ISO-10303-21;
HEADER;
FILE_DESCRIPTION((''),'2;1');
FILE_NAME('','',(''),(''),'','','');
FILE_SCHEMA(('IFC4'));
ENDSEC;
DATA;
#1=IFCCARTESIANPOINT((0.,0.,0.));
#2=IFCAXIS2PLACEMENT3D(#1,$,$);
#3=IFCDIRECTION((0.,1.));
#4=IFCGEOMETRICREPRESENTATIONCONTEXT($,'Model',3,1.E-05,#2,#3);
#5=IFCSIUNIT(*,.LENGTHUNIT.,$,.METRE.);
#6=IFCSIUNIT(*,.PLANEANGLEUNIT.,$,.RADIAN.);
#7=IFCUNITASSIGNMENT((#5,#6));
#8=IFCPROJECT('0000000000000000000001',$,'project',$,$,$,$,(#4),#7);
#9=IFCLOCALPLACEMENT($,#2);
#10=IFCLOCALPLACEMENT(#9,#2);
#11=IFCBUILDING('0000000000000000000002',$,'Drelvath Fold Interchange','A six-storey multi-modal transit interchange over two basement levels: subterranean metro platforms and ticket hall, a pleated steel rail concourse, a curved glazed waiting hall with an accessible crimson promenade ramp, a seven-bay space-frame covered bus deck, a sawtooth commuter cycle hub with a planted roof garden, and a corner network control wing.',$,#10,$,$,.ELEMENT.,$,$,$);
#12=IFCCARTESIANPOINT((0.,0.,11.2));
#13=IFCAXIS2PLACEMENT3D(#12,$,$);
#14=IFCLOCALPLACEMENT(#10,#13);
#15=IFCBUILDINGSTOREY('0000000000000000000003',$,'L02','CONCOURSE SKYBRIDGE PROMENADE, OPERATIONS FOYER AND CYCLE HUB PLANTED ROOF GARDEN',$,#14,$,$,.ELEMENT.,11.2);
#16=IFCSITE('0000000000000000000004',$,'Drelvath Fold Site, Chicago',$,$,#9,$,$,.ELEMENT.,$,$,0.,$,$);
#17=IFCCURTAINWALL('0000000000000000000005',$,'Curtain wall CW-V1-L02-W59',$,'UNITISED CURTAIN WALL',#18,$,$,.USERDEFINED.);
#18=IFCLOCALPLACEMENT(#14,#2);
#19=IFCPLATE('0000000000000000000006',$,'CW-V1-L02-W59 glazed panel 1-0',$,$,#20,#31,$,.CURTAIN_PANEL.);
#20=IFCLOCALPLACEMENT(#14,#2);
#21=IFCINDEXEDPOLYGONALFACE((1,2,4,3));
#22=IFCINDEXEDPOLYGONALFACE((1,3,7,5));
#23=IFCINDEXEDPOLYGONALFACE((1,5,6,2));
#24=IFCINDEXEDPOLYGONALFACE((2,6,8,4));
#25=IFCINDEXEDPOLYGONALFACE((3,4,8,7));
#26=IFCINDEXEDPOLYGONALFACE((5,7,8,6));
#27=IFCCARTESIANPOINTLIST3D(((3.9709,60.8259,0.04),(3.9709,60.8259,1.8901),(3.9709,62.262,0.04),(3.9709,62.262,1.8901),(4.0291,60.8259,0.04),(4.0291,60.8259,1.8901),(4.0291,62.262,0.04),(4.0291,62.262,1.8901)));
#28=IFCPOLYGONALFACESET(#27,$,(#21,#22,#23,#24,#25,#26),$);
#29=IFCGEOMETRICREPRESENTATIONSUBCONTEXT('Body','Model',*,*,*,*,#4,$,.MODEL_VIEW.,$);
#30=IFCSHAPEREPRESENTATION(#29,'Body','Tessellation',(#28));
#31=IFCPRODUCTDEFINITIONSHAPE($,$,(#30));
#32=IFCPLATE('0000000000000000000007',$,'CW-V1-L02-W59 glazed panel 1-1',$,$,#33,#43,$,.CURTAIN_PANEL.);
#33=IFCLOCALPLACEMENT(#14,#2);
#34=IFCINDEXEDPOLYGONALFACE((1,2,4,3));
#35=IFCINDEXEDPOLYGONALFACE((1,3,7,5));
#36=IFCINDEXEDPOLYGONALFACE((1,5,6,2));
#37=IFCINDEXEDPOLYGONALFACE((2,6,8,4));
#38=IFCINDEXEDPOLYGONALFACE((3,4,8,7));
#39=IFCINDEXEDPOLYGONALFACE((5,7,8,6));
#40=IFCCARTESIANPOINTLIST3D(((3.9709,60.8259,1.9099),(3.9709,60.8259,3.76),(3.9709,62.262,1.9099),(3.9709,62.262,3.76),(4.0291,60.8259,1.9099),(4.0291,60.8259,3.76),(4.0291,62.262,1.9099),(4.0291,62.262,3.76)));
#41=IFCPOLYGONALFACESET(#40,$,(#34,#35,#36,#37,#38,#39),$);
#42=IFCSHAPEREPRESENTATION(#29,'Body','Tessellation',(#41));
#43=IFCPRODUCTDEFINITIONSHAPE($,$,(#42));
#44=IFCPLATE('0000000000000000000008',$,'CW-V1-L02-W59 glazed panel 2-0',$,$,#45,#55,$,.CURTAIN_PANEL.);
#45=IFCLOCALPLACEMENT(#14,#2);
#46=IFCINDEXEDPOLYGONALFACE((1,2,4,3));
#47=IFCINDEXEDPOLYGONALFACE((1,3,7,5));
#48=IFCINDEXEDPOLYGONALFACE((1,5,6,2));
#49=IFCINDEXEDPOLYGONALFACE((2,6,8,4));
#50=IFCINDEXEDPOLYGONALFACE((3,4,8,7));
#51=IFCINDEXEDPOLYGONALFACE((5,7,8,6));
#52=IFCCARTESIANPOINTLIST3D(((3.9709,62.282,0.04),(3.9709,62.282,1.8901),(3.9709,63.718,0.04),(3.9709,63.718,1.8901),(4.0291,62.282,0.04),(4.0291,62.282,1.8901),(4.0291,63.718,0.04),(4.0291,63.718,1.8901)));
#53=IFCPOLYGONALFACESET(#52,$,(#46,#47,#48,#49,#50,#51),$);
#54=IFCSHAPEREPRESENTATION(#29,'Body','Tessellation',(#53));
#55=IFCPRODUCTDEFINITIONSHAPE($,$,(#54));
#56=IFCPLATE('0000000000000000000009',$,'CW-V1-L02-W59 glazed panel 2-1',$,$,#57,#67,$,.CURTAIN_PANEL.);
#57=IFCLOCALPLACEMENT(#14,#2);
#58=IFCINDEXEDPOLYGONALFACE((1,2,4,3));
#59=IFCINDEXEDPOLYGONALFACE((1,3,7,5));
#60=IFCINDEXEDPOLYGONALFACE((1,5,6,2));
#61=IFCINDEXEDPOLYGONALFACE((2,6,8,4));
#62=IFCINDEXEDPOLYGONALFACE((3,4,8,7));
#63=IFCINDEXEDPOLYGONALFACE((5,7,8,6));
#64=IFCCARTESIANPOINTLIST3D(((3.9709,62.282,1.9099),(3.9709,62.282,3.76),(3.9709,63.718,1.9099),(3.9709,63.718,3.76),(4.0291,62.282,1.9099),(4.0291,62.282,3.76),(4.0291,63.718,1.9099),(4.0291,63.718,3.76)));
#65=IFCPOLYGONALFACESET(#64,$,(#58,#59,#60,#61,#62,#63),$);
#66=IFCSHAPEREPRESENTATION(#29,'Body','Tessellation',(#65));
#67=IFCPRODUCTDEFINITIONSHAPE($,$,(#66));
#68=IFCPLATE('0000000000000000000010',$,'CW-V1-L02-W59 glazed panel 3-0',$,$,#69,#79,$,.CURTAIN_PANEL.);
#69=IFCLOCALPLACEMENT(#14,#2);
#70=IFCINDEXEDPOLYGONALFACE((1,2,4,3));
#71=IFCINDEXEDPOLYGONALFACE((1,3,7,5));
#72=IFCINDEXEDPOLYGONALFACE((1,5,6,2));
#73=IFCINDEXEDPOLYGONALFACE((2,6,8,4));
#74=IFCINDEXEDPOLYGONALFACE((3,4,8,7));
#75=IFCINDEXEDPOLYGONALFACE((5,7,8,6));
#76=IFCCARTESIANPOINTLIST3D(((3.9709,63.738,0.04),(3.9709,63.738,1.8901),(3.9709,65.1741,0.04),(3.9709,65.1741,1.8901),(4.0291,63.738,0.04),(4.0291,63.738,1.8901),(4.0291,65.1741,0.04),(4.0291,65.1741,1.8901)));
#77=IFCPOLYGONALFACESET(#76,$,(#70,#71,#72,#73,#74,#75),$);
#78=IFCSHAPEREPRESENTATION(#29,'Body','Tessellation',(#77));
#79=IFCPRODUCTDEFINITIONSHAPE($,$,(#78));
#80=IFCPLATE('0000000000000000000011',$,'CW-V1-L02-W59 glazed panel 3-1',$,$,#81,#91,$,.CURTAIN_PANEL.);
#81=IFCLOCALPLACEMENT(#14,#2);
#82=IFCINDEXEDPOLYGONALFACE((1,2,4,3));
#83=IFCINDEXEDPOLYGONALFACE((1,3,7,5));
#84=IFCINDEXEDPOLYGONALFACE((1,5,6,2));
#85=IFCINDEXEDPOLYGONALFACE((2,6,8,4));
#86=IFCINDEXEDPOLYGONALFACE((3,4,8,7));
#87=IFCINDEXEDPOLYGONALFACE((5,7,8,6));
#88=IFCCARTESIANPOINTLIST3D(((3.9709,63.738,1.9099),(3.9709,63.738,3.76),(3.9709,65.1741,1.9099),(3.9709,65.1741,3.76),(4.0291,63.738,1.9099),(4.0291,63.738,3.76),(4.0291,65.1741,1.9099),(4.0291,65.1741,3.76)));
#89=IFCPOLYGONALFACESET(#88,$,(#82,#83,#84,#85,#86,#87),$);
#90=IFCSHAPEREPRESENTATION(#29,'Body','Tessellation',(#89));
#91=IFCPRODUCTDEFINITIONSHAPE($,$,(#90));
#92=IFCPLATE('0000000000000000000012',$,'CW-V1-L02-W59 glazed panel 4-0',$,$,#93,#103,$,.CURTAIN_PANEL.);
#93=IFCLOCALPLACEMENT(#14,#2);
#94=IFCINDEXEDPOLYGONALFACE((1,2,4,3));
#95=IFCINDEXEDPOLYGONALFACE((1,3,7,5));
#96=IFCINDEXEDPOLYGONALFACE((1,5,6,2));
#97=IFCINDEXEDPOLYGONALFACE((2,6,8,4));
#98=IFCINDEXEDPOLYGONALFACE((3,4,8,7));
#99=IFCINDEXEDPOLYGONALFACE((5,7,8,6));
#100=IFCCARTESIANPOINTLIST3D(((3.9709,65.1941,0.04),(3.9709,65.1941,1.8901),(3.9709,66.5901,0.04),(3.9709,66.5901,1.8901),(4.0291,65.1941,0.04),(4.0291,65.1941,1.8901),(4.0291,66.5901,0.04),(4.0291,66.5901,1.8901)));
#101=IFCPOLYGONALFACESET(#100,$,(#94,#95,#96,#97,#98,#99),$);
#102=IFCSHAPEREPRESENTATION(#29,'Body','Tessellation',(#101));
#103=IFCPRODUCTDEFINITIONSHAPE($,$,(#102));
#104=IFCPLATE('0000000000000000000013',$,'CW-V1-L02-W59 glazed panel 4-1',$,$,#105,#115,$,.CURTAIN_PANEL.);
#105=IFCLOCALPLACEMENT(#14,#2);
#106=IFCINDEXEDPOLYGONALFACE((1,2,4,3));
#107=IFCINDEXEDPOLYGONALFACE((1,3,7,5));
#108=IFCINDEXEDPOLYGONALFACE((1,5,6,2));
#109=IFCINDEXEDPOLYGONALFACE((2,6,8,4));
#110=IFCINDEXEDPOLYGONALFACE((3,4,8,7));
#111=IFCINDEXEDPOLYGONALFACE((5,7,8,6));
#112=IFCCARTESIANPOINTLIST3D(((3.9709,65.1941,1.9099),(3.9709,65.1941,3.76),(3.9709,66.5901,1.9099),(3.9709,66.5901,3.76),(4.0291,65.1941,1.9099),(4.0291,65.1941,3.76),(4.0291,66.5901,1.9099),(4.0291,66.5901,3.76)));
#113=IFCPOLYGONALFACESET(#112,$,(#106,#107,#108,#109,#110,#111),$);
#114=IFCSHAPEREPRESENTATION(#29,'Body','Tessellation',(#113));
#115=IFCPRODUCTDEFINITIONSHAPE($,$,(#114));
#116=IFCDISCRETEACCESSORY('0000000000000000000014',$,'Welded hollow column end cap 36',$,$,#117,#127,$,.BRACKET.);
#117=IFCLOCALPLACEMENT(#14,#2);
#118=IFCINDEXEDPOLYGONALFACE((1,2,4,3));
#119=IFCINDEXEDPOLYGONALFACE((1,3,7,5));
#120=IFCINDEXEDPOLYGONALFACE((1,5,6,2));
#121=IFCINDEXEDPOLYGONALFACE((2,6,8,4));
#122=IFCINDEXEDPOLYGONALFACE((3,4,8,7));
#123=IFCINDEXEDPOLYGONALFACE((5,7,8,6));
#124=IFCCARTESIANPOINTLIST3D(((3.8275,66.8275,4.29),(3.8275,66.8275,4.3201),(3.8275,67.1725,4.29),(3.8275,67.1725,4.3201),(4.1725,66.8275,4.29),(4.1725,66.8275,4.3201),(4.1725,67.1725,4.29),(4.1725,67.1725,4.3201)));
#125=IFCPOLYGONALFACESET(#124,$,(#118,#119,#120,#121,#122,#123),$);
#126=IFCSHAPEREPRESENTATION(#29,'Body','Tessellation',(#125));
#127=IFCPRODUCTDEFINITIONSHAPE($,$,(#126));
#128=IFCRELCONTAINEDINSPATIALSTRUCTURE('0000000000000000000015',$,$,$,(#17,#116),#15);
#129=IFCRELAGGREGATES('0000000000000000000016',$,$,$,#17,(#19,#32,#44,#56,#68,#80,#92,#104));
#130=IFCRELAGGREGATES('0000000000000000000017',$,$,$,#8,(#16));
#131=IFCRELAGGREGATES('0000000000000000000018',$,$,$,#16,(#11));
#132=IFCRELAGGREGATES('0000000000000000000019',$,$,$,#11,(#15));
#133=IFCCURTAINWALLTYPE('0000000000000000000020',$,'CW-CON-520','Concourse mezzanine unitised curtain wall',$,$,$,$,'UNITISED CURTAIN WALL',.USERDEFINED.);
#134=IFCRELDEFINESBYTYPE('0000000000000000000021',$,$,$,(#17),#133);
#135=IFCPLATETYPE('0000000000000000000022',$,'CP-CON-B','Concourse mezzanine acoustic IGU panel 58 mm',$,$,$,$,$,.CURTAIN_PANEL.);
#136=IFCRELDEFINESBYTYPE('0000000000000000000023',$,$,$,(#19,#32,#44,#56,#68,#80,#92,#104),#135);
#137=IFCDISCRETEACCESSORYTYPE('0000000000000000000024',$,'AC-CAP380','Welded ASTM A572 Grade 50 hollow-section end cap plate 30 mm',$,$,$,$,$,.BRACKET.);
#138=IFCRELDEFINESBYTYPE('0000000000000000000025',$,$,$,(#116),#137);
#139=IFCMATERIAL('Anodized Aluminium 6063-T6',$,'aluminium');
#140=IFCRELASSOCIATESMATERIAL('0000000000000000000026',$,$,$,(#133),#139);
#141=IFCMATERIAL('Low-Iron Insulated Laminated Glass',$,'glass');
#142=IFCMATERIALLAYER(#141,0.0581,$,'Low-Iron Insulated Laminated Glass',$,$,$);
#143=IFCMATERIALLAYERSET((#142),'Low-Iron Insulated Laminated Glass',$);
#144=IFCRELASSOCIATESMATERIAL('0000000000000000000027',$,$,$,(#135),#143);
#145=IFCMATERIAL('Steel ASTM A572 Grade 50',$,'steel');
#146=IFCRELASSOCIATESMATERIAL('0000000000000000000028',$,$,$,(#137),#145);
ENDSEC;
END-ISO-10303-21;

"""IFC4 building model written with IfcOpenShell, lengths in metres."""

from ifc_helpers import new_model, si_unit, direction, frame, origin, origin_2d, place, context, subcontext, project, spatial, rectangle, extrude, material, layer, layer_set, type_object, element, aggregate, save


model = new_model("IFC4")

# Units and contexts
model_context = context("Model", 3, precision=1e-05, world=origin(), true_north=direction((0.0, 1.0)))
body_context = subcontext(model_context, "Body", "Model", "MODEL_VIEW")
ifc_project = project(units=[si_unit("LENGTHUNIT", "METRE"), si_unit("PLANEANGLEUNIT", "RADIAN")], contexts=[model_context])

# Site, building, storey
site_placement = place(None, origin())
site = spatial("IfcSite", under=ifc_project, at=site_placement, Name="Drelvath Fold Site, Chicago", CompositionType="ELEMENT", RefElevation=0.0)
building_placement = place(site_placement, origin())
building = spatial("IfcBuilding", under=site, at=building_placement, Name="Drelvath Fold Interchange", Description="A six-storey multi-modal transit interchange over two basement levels: subterranean metro platforms and ticket hall, a pleated steel rail concourse, a curved glazed waiting hall with an accessible crimson promenade ramp, a seven-bay space-frame covered bus deck, a sawtooth commuter cycle hub with a planted roof garden, and a corner network control wing.", CompositionType="ELEMENT")
storey_placement = place(building_placement, frame((0.0, 0.0, 11.2)))
storey = spatial("IfcBuildingStorey", under=building, at=storey_placement, Name="L02", Description="CONCOURSE SKYBRIDGE PROMENADE, OPERATIONS FOYER AND CYCLE HUB PLANTED ROOF GARDEN", CompositionType="ELEMENT", Elevation=11.2)

# Curtain wall, plates
ifc_material_1 = material(Name="Anodized Aluminium 6063-T6", Category="aluminium")
curtain_wall_type = type_object("IfcCurtainWallType", Name="CW-CON-520", Description="Concourse mezzanine unitised curtain wall", ElementType="UNITISED CURTAIN WALL", PredefinedType="USERDEFINED", material=ifc_material_1)
curtain_wall_placement = place(storey_placement, origin())
curtain_wall = element("IfcCurtainWall", 1, at=curtain_wall_placement, inside=storey, type_object=curtain_wall_type, Name="Curtain wall CW-V1-L02-W59", ObjectType="UNITISED CURTAIN WALL", PredefinedType="USERDEFINED")
ifc_material_2 = material(Name="Low-Iron Insulated Laminated Glass", Category="glass")
ifc_layer = layer(ifc_material_2, 0.0581, Name="Low-Iron Insulated Laminated Glass")
ifc_layer_set = layer_set([ifc_layer], Name="Low-Iron Insulated Laminated Glass")
plate_type = type_object("IfcPlateType", Name="CP-CON-B", Description="Concourse mezzanine acoustic IGU panel 58 mm", PredefinedType="CURTAIN_PANEL", material=ifc_layer_set)
plate_1_placement = place(storey_placement, frame((4.0, 61.5439, 0.04), z_axis=(0.0, 0.0, 1.0), x_axis=(0.0, 1.0, 0.0)))
plate_1 = element("IfcPlate", 2, at=plate_1_placement, type_object=plate_type, Name="CW-V1-L02-W59 glazed panel 1-0", PredefinedType="CURTAIN_PANEL", context=body_context, shape_type="SweptSolid", body=[
    extrude(rectangle(XDim=1.436, YDim=0.0581, at=origin_2d()), origin(), (0.0, 0.0, 1.0), 1.8501),
])
plate_2_placement = place(storey_placement, frame((4.0, 61.5439, 1.9099), z_axis=(0.0, 0.0, 1.0), x_axis=(0.0, 1.0, 0.0)))
plate_2 = element("IfcPlate", 3, at=plate_2_placement, type_object=plate_type, Name="CW-V1-L02-W59 glazed panel 1-1", PredefinedType="CURTAIN_PANEL", context=body_context, shape_type="SweptSolid", body=[
    extrude(rectangle(XDim=1.436, YDim=0.0581, at=origin_2d()), origin(), (0.0, 0.0, 1.0), 1.8501),
])
plate_3_placement = place(storey_placement, frame((4.0, 63.0, 0.04), z_axis=(0.0, 0.0, 1.0), x_axis=(0.0, 1.0, 0.0)))
plate_3 = element("IfcPlate", 4, at=plate_3_placement, type_object=plate_type, Name="CW-V1-L02-W59 glazed panel 2-0", PredefinedType="CURTAIN_PANEL", context=body_context, shape_type="SweptSolid", body=[
    extrude(rectangle(XDim=1.436, YDim=0.0581, at=origin_2d()), origin(), (0.0, 0.0, 1.0), 1.8501),
])
plate_4_placement = place(storey_placement, frame((4.0, 63.0, 1.9099), z_axis=(0.0, 0.0, 1.0), x_axis=(0.0, 1.0, 0.0)))
plate_4 = element("IfcPlate", 5, at=plate_4_placement, type_object=plate_type, Name="CW-V1-L02-W59 glazed panel 2-1", PredefinedType="CURTAIN_PANEL", context=body_context, shape_type="SweptSolid", body=[
    extrude(rectangle(XDim=1.436, YDim=0.0581, at=origin_2d()), origin(), (0.0, 0.0, 1.0), 1.8501),
])
plate_5_placement = place(storey_placement, frame((4.0, 64.4561, 0.04), z_axis=(0.0, 0.0, 1.0), x_axis=(0.0, 1.0, 0.0)))
plate_5 = element("IfcPlate", 6, at=plate_5_placement, type_object=plate_type, Name="CW-V1-L02-W59 glazed panel 3-0", PredefinedType="CURTAIN_PANEL", context=body_context, shape_type="SweptSolid", body=[
    extrude(rectangle(XDim=1.436, YDim=0.0581, at=origin_2d()), origin(), (0.0, 0.0, 1.0), 1.8501),
])
plate_6_placement = place(storey_placement, frame((4.0, 64.4561, 1.9099), z_axis=(0.0, 0.0, 1.0), x_axis=(0.0, 1.0, 0.0)))
plate_6 = element("IfcPlate", 7, at=plate_6_placement, type_object=plate_type, Name="CW-V1-L02-W59 glazed panel 3-1", PredefinedType="CURTAIN_PANEL", context=body_context, shape_type="SweptSolid", body=[
    extrude(rectangle(XDim=1.436, YDim=0.0581, at=origin_2d()), origin(), (0.0, 0.0, 1.0), 1.8501),
])
plate_7_placement = place(storey_placement, frame((4.0, 65.8921, 0.04), z_axis=(0.0, 0.0, 1.0), x_axis=(0.0, 1.0, 0.0)))
plate_7 = element("IfcPlate", 8, at=plate_7_placement, type_object=plate_type, Name="CW-V1-L02-W59 glazed panel 4-0", PredefinedType="CURTAIN_PANEL", context=body_context, shape_type="SweptSolid", body=[
    extrude(rectangle(XDim=1.396, YDim=0.0581, at=origin_2d()), origin(), (0.0, 0.0, 1.0), 1.8501),
])
plate_8_placement = place(storey_placement, frame((4.0, 65.8921, 1.9099), z_axis=(0.0, 0.0, 1.0), x_axis=(0.0, 1.0, 0.0)))
plate_8 = element("IfcPlate", 9, at=plate_8_placement, type_object=plate_type, Name="CW-V1-L02-W59 glazed panel 4-1", PredefinedType="CURTAIN_PANEL", context=body_context, shape_type="SweptSolid", body=[
    extrude(rectangle(XDim=1.396, YDim=0.0581, at=origin_2d()), origin(), (0.0, 0.0, 1.0), 1.8501),
])
aggregate(curtain_wall, [plate_1, plate_2, plate_3, plate_4, plate_5, plate_6, plate_7, plate_8])

# Discrete accessory
ifc_material_3 = material(Name="Steel ASTM A572 Grade 50", Category="steel")
discrete_accessory_type = type_object("IfcDiscreteAccessoryType", Name="AC-CAP380", Description="Welded ASTM A572 Grade 50 hollow-section end cap plate 30 mm", PredefinedType="BRACKET", material=ifc_material_3)
discrete_accessory_placement = place(storey_placement, frame((4.0, 67.0, 4.29), z_axis=(0.0, 0.0, 1.0), x_axis=(1.0, 0.0, 0.0)))
element("IfcDiscreteAccessory", 10, at=discrete_accessory_placement, inside=storey, type_object=discrete_accessory_type, Name="Welded hollow column end cap 36", PredefinedType="BRACKET", context=body_context, shape_type="SweptSolid", body=[
    extrude(rectangle(XDim=0.345, YDim=0.345, at=origin_2d()), origin(), (0.0, 0.0, 1.0), 0.03),
])

save(model, "model.ifc")
